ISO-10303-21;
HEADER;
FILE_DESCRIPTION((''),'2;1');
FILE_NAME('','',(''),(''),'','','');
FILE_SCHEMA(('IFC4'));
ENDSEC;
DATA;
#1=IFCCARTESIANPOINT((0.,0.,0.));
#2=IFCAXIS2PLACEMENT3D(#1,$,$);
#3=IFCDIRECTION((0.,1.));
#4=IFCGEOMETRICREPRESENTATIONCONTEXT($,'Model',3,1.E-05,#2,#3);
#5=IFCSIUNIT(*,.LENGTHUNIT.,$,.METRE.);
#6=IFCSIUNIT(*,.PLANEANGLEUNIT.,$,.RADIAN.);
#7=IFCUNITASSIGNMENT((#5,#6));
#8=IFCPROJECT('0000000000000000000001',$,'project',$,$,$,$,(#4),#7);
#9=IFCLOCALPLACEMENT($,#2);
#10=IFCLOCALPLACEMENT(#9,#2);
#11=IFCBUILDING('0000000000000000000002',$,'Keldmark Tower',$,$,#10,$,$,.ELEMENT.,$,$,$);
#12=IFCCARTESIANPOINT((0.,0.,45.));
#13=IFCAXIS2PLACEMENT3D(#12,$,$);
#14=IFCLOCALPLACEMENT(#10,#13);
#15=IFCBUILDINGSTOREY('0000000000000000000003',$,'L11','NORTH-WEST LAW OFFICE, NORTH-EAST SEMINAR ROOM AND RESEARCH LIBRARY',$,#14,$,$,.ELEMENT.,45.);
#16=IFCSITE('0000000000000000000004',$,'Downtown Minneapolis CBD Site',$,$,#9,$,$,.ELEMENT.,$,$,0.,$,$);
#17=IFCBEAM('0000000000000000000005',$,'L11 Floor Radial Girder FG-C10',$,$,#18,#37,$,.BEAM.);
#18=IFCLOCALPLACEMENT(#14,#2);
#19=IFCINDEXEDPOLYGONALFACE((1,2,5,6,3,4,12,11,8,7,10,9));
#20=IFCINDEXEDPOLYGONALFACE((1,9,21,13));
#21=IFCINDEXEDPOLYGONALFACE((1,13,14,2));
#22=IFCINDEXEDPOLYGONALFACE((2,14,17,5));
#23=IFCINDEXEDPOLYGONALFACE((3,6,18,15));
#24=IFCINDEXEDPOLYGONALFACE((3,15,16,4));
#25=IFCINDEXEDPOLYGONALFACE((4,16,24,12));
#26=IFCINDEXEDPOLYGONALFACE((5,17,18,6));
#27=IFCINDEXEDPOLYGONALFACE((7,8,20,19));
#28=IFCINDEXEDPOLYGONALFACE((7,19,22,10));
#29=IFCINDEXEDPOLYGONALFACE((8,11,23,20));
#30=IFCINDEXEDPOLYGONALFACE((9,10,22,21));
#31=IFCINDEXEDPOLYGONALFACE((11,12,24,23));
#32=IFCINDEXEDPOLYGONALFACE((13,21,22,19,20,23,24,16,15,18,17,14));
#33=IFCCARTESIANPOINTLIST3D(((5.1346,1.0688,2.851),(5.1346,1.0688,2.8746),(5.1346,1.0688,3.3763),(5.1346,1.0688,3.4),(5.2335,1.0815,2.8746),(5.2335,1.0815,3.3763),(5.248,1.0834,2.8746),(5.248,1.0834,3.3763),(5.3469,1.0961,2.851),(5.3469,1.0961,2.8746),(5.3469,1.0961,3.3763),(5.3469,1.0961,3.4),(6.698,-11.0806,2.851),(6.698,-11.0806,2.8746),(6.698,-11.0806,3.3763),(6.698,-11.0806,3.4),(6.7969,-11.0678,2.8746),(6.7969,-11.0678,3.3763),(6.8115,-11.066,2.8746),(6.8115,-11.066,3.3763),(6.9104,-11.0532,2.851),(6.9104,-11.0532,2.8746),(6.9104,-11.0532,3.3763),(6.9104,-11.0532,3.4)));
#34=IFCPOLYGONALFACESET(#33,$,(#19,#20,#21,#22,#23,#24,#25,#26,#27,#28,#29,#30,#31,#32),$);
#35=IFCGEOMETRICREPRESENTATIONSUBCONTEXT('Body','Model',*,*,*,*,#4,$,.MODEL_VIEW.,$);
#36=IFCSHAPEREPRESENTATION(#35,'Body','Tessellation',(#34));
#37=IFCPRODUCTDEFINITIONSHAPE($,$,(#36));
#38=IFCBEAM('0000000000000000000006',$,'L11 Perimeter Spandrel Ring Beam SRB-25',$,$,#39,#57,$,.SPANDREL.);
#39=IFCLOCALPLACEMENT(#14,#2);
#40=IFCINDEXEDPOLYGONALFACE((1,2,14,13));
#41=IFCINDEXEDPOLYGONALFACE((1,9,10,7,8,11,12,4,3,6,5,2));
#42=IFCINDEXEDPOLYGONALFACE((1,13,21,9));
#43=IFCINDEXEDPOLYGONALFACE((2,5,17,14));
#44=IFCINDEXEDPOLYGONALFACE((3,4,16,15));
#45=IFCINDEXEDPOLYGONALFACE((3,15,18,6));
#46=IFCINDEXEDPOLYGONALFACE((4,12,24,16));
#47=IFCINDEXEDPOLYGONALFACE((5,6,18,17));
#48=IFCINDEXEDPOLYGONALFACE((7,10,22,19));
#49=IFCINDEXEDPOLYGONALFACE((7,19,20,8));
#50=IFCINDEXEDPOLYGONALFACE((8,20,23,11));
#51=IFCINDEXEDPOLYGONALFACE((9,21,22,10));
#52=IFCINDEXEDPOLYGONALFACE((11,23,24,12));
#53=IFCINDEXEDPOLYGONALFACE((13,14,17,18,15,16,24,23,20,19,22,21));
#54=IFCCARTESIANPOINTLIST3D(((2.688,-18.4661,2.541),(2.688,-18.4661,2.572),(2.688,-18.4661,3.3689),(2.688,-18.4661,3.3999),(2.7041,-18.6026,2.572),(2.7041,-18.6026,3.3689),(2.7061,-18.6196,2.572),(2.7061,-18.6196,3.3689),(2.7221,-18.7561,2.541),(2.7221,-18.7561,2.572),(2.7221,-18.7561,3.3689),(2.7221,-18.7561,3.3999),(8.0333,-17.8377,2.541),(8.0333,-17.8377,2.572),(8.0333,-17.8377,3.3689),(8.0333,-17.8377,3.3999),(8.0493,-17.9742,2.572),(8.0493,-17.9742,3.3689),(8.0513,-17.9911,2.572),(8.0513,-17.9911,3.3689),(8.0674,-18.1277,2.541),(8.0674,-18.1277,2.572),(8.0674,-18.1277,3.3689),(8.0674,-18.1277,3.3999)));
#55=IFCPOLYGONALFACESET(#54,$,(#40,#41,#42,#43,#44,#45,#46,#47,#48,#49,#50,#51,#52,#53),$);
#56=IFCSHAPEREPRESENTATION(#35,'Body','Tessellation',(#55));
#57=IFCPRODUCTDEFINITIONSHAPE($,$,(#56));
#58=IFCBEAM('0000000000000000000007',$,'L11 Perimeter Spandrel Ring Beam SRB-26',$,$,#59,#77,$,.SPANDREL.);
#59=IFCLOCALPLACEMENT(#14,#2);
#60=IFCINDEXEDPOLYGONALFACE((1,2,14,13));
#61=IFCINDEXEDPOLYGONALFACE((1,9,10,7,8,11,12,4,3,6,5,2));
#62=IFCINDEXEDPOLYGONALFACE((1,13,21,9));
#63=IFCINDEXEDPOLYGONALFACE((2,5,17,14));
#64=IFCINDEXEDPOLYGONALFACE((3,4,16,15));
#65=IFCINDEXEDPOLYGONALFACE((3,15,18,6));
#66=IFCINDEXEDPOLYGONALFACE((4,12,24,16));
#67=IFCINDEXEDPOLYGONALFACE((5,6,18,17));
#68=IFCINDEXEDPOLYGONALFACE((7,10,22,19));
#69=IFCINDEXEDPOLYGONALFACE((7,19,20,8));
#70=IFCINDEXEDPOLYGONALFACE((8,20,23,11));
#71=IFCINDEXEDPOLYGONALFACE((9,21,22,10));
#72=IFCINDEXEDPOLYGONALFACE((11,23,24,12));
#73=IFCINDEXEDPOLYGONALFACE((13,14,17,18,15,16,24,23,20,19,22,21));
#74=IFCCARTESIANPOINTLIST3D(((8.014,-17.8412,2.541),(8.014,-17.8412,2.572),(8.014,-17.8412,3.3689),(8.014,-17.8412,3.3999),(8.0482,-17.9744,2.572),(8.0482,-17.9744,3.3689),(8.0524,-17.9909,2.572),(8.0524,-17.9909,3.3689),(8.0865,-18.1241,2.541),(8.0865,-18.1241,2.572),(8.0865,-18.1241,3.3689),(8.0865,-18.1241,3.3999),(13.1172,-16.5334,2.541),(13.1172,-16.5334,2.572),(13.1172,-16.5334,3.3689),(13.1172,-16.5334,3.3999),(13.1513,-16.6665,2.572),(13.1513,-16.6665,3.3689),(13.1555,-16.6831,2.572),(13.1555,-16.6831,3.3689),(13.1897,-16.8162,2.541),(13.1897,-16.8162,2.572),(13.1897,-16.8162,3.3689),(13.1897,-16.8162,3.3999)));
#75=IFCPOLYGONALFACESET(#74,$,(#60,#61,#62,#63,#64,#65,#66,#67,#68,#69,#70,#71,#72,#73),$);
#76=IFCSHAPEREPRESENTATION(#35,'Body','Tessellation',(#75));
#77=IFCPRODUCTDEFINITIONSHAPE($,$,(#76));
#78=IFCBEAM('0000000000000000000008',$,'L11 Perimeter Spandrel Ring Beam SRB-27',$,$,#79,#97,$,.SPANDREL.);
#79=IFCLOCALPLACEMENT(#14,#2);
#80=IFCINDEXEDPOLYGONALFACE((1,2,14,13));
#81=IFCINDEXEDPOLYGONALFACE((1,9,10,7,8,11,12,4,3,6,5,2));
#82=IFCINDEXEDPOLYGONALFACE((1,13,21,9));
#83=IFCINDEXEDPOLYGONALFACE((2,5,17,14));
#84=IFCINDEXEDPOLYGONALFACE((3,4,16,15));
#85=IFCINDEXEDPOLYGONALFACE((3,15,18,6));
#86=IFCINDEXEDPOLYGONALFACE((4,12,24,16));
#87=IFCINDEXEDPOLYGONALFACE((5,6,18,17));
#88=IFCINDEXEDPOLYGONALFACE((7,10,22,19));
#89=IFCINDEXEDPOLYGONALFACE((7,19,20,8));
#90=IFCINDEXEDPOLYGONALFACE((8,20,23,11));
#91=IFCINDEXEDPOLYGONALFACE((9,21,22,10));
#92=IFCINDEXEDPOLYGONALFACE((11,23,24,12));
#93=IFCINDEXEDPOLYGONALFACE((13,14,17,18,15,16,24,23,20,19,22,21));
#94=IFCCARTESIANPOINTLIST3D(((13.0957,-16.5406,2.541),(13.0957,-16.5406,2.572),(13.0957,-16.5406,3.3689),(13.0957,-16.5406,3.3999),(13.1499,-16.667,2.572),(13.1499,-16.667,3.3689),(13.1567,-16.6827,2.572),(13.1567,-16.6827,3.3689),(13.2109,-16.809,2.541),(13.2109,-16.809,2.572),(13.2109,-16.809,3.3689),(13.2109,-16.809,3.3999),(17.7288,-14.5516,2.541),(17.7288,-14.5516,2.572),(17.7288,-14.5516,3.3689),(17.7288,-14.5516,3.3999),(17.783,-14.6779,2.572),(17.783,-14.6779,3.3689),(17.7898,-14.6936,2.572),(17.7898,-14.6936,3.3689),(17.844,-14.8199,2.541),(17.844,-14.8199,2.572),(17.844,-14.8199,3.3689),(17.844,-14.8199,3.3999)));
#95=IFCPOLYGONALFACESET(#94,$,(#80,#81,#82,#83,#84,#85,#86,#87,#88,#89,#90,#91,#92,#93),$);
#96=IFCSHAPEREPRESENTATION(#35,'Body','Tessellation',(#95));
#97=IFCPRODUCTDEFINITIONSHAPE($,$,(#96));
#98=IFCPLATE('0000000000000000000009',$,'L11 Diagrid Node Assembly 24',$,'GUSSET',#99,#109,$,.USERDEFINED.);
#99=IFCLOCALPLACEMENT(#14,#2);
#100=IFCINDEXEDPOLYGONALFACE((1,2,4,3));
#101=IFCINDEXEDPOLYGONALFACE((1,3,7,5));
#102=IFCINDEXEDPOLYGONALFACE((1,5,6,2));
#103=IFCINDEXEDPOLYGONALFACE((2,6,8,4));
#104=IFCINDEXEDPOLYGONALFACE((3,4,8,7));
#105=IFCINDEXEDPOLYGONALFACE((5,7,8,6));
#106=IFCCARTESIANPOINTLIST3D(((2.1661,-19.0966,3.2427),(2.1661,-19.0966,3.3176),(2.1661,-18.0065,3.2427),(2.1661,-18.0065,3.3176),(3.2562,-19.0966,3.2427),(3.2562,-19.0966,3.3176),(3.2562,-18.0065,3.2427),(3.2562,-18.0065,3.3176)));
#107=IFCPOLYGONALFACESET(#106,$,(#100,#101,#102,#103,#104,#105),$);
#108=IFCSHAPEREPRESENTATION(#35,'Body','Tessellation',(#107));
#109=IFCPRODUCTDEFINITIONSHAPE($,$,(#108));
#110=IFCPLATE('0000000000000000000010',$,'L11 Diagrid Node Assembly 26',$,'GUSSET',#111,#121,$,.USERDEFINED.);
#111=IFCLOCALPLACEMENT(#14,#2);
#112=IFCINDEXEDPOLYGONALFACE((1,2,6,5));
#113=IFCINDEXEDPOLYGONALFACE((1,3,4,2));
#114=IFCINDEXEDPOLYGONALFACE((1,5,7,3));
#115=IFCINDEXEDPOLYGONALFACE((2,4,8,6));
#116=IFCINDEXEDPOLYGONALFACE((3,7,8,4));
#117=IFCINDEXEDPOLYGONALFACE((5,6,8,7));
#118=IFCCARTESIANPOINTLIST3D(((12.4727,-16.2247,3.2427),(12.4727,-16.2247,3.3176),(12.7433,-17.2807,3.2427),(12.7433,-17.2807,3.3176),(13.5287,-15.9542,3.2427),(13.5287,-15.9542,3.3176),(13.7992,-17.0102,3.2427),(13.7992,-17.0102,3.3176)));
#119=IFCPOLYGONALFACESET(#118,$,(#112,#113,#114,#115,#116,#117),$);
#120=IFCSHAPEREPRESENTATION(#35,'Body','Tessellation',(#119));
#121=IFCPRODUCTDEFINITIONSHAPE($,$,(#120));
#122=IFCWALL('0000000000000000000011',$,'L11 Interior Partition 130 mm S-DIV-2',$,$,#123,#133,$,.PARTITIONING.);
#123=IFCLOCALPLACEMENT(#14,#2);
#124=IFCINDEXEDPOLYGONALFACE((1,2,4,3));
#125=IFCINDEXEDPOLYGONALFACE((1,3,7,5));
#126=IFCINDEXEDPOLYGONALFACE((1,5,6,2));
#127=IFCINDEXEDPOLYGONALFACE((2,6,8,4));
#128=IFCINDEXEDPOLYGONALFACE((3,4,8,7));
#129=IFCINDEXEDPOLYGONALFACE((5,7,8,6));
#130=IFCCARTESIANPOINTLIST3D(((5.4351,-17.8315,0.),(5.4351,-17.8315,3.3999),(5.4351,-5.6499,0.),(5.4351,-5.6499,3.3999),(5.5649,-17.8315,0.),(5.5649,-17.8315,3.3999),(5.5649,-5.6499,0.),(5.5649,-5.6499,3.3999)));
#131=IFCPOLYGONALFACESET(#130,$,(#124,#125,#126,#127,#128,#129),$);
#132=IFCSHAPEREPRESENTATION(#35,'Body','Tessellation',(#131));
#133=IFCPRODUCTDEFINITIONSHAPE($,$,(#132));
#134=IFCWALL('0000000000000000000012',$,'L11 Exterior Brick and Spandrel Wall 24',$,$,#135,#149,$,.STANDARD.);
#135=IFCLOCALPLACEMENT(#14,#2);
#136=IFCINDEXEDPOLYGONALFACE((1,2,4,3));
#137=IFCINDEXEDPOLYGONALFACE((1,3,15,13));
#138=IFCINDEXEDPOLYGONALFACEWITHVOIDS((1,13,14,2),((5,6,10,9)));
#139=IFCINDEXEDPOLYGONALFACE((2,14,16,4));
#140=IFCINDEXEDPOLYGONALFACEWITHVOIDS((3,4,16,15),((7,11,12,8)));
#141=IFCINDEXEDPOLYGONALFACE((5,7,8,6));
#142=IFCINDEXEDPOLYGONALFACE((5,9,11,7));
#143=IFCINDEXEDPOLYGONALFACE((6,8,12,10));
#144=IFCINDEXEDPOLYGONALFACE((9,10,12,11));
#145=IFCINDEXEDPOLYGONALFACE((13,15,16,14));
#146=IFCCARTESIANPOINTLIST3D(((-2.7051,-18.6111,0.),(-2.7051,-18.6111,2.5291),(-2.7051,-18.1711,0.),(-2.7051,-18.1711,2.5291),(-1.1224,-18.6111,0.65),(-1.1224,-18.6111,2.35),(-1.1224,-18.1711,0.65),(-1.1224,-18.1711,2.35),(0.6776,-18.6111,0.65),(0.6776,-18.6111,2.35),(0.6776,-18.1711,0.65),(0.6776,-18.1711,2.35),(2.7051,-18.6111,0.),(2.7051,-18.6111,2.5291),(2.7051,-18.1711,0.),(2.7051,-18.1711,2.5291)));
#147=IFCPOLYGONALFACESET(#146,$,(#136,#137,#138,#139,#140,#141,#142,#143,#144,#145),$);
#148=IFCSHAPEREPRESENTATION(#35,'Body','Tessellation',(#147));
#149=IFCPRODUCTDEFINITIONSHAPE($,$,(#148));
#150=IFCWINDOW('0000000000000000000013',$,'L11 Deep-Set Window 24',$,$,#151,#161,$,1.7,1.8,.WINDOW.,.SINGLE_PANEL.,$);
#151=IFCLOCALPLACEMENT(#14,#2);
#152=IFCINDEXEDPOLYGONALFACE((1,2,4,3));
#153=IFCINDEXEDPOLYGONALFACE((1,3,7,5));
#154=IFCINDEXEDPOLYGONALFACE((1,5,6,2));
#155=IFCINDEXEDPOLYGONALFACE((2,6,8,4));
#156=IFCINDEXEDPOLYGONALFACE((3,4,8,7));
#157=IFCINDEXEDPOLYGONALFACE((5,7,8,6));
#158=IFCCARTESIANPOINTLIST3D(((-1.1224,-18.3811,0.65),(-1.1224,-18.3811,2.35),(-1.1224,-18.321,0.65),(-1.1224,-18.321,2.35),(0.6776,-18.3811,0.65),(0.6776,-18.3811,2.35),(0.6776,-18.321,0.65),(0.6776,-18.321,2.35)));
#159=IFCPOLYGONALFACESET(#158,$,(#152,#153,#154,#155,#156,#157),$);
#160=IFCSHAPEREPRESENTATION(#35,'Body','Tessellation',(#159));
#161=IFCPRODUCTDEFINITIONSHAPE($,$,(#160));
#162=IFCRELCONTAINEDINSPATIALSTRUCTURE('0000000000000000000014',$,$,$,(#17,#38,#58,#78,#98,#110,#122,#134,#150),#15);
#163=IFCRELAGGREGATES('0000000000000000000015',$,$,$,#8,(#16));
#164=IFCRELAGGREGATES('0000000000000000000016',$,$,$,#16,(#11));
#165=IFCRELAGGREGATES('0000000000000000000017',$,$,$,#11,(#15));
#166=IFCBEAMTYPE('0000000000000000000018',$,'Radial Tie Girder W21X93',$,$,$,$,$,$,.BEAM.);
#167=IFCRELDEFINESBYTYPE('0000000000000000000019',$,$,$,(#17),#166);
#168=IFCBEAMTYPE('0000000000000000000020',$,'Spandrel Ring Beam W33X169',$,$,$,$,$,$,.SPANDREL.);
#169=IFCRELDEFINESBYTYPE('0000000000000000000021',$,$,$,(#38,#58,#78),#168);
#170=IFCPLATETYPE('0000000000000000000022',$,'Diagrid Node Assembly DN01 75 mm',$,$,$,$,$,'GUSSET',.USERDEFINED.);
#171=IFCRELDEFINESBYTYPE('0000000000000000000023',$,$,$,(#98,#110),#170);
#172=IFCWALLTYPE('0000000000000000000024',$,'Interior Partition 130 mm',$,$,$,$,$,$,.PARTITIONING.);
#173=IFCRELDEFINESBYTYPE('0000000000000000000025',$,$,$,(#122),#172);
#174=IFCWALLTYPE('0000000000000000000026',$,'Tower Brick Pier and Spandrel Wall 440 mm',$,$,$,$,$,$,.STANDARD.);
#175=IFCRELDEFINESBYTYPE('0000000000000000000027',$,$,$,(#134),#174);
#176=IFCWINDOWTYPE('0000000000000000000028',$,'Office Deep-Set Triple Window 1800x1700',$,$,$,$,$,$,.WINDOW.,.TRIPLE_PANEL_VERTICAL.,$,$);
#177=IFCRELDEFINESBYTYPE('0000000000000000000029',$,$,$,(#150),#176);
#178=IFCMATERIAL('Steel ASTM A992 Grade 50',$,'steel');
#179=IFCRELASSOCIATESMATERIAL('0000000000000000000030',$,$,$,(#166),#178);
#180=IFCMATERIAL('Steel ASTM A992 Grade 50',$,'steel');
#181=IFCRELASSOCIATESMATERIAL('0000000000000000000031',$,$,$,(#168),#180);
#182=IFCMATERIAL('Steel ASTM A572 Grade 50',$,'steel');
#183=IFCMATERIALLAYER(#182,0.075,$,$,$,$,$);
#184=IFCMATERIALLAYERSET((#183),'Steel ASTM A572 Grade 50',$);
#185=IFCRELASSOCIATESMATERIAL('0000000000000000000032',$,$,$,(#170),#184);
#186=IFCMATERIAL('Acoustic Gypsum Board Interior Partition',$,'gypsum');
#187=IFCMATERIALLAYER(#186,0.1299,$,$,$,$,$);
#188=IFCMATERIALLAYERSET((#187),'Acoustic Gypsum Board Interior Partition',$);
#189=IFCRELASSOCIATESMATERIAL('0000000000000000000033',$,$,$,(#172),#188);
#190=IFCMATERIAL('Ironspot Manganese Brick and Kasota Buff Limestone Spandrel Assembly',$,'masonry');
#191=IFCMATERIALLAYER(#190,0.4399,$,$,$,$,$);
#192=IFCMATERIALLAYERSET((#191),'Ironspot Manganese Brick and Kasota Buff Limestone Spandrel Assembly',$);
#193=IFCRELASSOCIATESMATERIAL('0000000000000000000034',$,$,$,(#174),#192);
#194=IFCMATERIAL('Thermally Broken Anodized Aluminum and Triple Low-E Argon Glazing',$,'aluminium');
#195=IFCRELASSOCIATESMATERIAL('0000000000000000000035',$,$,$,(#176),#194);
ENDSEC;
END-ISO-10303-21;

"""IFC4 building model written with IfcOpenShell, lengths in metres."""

from ifc_helpers import new_model, si_unit, direction, frame, frame_2d, origin, origin_2d, place, context, subcontext, project, spatial, rectangle, i_section, extrude, material, layer, layer_set, material_profile, profile_set, type_object, element, fill, save


model = new_model("IFC4")

# Units and contexts
model_context = context("Model", 3, precision=1e-05, world=origin(), true_north=direction((0.0, 1.0)))
body_context = subcontext(model_context, "Body", "Model", "MODEL_VIEW")
ifc_project = project(units=[si_unit("LENGTHUNIT", "METRE"), si_unit("PLANEANGLEUNIT", "RADIAN")], contexts=[model_context])

# Site, building, storey
site_placement = place(None, origin())
site = spatial("IfcSite", under=ifc_project, at=site_placement, Name="Downtown Minneapolis CBD Site", CompositionType="ELEMENT", RefElevation=0.0)
building_placement = place(site_placement, origin())
building = spatial("IfcBuilding", under=site, at=building_placement, Name="Keldmark Tower", CompositionType="ELEMENT")
storey_placement = place(building_placement, frame((0.0, 0.0, 45.0)))
storey = spatial("IfcBuildingStorey", under=building, at=storey_placement, Name="L11", Description="NORTH-WEST LAW OFFICE, NORTH-EAST SEMINAR ROOM AND RESEARCH LIBRARY", CompositionType="ELEMENT", Elevation=45.0)

# Beams
ifc_material_1 = material(Name="Steel ASTM A992 Grade 50", Category="steel")
ifc_material_profile_1 = material_profile(ifc_material_1, i_section(OverallWidth=0.2141, OverallDepth=0.5491, WebThickness=0.0146, FlangeThickness=0.0237, at=origin_2d()), Name="W21X93")
ifc_profile_set_1 = profile_set([ifc_material_profile_1], Name="Steel ASTM A992 Grade 50")
beam_type_1 = type_object("IfcBeamType", Name="Radial Tie Girder W21X93", PredefinedType="BEAM", material=ifc_profile_set_1)
beam_1_placement = place(storey_placement, frame((6.8042, -11.0669, 3.1255), z_axis=(-0.127635, 0.991821, 0.0), x_axis=(-0.991821, -0.127635, 0.0)))
element("IfcBeam", 1, at=beam_1_placement, inside=storey, type_object=beam_type_1, Name="L11 Floor Radial Girder FG-C10", PredefinedType="BEAM", context=body_context, shape_type="SweptSolid", body=[
    extrude(i_section(OverallWidth=0.2141, OverallDepth=0.5491, WebThickness=0.0146, FlangeThickness=0.0237, at=origin_2d()), origin(), (0.0, 0.0, 1.0), 12.2495),
])
ifc_material_2 = material(Name="Steel ASTM A992 Grade 50", Category="steel")
ifc_material_profile_2 = material_profile(ifc_material_2, i_section(OverallWidth=0.292, OverallDepth=0.8589, WebThickness=0.0171, FlangeThickness=0.031, at=origin_2d()), Name="W33X169")
ifc_profile_set_2 = profile_set([ifc_material_profile_2], Name="Steel ASTM A992 Grade 50")
beam_type_2 = type_object("IfcBeamType", Name="Spandrel Ring Beam W33X169", PredefinedType="SPANDREL", material=ifc_profile_set_2)
beam_2_placement = place(storey_placement, frame((2.7051, -18.6111, 2.9705), z_axis=(0.99316, 0.116762, 0.0), x_axis=(-0.116762, 0.99316, 0.0)))
element("IfcBeam", 2, at=beam_2_placement, inside=storey, type_object=beam_type_2, Name="L11 Perimeter Spandrel Ring Beam SRB-25", PredefinedType="SPANDREL", context=body_context, shape_type="SweptSolid", body=[
    extrude(i_section(OverallWidth=0.292, OverallDepth=0.8589, WebThickness=0.0171, FlangeThickness=0.031, at=origin_2d()), origin(), (0.0, 0.0, 1.0), 5.3821),
])
beam_3_placement = place(storey_placement, frame((8.0503, -17.9827, 2.9705), z_axis=(0.968692, 0.248267, 0.0), x_axis=(-0.248267, 0.968692, 0.0)))
element("IfcBeam", 3, at=beam_3_placement, inside=storey, type_object=beam_type_2, Name="L11 Perimeter Spandrel Ring Beam SRB-26", PredefinedType="SPANDREL", context=body_context, shape_type="SweptSolid", body=[
    extrude(i_section(OverallWidth=0.292, OverallDepth=0.8589, WebThickness=0.0171, FlangeThickness=0.031, at=origin_2d()), origin(), (0.0, 0.0, 1.0), 5.2681),
])
beam_4_placement = place(storey_placement, frame((13.1533, -16.6748, 2.9705), z_axis=(0.918899, 0.394492, 0.0), x_axis=(-0.394492, 0.918899, 0.0)))
element("IfcBeam", 4, at=beam_4_placement, inside=storey, type_object=beam_type_2, Name="L11 Perimeter Spandrel Ring Beam SRB-27", PredefinedType="SPANDREL", context=body_context, shape_type="SweptSolid", body=[
    extrude(i_section(OverallWidth=0.292, OverallDepth=0.8589, WebThickness=0.0171, FlangeThickness=0.031, at=origin_2d()), origin(), (0.0, 0.0, 1.0), 5.042),
])

# Plates
ifc_material_3 = material(Name="Steel ASTM A572 Grade 50", Category="steel")
ifc_layer_1 = layer(ifc_material_3, 0.075)
ifc_layer_set_1 = layer_set([ifc_layer_1], Name="Steel ASTM A572 Grade 50")
plate_type = type_object("IfcPlateType", Name="Diagrid Node Assembly DN01 75 mm", ElementType="GUSSET", PredefinedType="USERDEFINED", material=ifc_layer_set_1)
for number, where, z_axis, x_axis, name in (
    (5, (2.7112, -18.5515, 3.2427), (0.0, 0.0, 1.0), (1.0, 0.0, 0.0), "L11 Diagrid Node Assembly 24"),
    (6, (13.136, -16.6174, 3.2427), (0.0, 0.0, 1.0), (0.968713, 0.248183, 0.0), "L11 Diagrid Node Assembly 26"),
):
    element("IfcPlate", number, at=place(storey_placement, frame(where, z_axis=z_axis, x_axis=x_axis)), inside=storey, type_object=plate_type, Name=name, ObjectType="GUSSET", PredefinedType="USERDEFINED", context=body_context, shape_type="SweptSolid", body=[
        extrude(rectangle(XDim=1.0901, YDim=1.0901, at=origin_2d()), origin(), (0.0, 0.0, 1.0), 0.075),
    ])

# Wall
ifc_material_4 = material(Name="Acoustic Gypsum Board Interior Partition", Category="gypsum")
ifc_layer_2 = layer(ifc_material_4, 0.1299)
ifc_layer_set_2 = layer_set([ifc_layer_2], Name="Acoustic Gypsum Board Interior Partition")
wall_type_1 = type_object("IfcWallType", Name="Interior Partition 130 mm", PredefinedType="PARTITIONING", material=ifc_layer_set_2)
wall_1_placement = place(storey_placement, frame((5.5, -17.8315, 0.0), z_axis=(0.0, 0.0, 1.0), x_axis=(0.0, 1.0, 0.0)))
element("IfcWall", 7, at=wall_1_placement, inside=storey, type_object=wall_type_1, Name="L11 Interior Partition 130 mm S-DIV-2", PredefinedType="PARTITIONING", context=body_context, shape_type="SweptSolid", body=[
    extrude(rectangle(XDim=12.1816, YDim=0.1299, at=frame_2d((6.0908, 0.0))), origin(), (0.0, 0.0, 1.0), 3.3999),
])

# Wall, opening, window
ifc_material_5 = material(Name="Ironspot Manganese Brick and Kasota Buff Limestone Spandrel Assembly", Category="masonry")
ifc_layer_3 = layer(ifc_material_5, 0.4399)
ifc_layer_set_3 = layer_set([ifc_layer_3], Name="Ironspot Manganese Brick and Kasota Buff Limestone Spandrel Assembly")
wall_type_2 = type_object("IfcWallType", Name="Tower Brick Pier and Spandrel Wall 440 mm", PredefinedType="STANDARD", material=ifc_layer_set_3)
wall_2_placement = place(storey_placement, frame((2.7051, -18.3911, 0.0), z_axis=(0.0, 0.0, 1.0), x_axis=(-1.0, 0.0, 0.0)))
wall_2 = element("IfcWall", 8, at=wall_2_placement, inside=storey, type_object=wall_type_2, Name="L11 Exterior Brick and Spandrel Wall 24", PredefinedType="STANDARD", context=body_context, shape_type="SweptSolid", body=[
    extrude(rectangle(XDim=5.4102, YDim=0.4399, at=frame_2d((2.7051, 0.0))), origin(), (0.0, 0.0, 1.0), 2.5291),
])
opening_1_placement = place(wall_2_placement, frame((2.0276, 0.0, 0.6499)))
opening_1 = element("IfcOpeningElement", 9, at=opening_1_placement, cuts=wall_2, PredefinedType="OPENING", context=body_context, shape_type="SweptSolid", body=[
    extrude(rectangle(XDim=1.8, YDim=1.7, at=frame_2d((0.8999, 0.8501))), frame((0.0, 0.23, 0.0), z_axis=(0.0, -1.0, 0.0), x_axis=(1.0, 0.0, 0.0)), (0.0, 0.0, 1.0), 0.46),
])
ifc_material_6 = material(Name="Thermally Broken Anodized Aluminum and Triple Low-E Argon Glazing", Category="aluminium")
window_type = type_object("IfcWindowType", Name="Office Deep-Set Triple Window 1800x1700", PartitioningType="TRIPLE_PANEL_VERTICAL", PredefinedType="WINDOW", material=ifc_material_6)
window_1_placement = place(opening_1_placement, origin())
window_1 = element("IfcWindow", 10, at=window_1_placement, inside=storey, type_object=window_type, Name="L11 Deep-Set Window 24", OverallHeight=1.7, OverallWidth=1.8, PartitioningType="SINGLE_PANEL", PredefinedType="WINDOW", context=body_context, shape_type="SweptSolid", body=[
    extrude(rectangle(XDim=1.8, YDim=1.7, at=frame_2d((0.8999, 0.8501))), frame((0.0, -0.01, 0.0), z_axis=(0.0, -1.0, 0.0), x_axis=(1.0, 0.0, 0.0)), (0.0, 0.0, 1.0), 0.0601),
])
fill(opening_1, window_1)

save(model, "model.ifc")
